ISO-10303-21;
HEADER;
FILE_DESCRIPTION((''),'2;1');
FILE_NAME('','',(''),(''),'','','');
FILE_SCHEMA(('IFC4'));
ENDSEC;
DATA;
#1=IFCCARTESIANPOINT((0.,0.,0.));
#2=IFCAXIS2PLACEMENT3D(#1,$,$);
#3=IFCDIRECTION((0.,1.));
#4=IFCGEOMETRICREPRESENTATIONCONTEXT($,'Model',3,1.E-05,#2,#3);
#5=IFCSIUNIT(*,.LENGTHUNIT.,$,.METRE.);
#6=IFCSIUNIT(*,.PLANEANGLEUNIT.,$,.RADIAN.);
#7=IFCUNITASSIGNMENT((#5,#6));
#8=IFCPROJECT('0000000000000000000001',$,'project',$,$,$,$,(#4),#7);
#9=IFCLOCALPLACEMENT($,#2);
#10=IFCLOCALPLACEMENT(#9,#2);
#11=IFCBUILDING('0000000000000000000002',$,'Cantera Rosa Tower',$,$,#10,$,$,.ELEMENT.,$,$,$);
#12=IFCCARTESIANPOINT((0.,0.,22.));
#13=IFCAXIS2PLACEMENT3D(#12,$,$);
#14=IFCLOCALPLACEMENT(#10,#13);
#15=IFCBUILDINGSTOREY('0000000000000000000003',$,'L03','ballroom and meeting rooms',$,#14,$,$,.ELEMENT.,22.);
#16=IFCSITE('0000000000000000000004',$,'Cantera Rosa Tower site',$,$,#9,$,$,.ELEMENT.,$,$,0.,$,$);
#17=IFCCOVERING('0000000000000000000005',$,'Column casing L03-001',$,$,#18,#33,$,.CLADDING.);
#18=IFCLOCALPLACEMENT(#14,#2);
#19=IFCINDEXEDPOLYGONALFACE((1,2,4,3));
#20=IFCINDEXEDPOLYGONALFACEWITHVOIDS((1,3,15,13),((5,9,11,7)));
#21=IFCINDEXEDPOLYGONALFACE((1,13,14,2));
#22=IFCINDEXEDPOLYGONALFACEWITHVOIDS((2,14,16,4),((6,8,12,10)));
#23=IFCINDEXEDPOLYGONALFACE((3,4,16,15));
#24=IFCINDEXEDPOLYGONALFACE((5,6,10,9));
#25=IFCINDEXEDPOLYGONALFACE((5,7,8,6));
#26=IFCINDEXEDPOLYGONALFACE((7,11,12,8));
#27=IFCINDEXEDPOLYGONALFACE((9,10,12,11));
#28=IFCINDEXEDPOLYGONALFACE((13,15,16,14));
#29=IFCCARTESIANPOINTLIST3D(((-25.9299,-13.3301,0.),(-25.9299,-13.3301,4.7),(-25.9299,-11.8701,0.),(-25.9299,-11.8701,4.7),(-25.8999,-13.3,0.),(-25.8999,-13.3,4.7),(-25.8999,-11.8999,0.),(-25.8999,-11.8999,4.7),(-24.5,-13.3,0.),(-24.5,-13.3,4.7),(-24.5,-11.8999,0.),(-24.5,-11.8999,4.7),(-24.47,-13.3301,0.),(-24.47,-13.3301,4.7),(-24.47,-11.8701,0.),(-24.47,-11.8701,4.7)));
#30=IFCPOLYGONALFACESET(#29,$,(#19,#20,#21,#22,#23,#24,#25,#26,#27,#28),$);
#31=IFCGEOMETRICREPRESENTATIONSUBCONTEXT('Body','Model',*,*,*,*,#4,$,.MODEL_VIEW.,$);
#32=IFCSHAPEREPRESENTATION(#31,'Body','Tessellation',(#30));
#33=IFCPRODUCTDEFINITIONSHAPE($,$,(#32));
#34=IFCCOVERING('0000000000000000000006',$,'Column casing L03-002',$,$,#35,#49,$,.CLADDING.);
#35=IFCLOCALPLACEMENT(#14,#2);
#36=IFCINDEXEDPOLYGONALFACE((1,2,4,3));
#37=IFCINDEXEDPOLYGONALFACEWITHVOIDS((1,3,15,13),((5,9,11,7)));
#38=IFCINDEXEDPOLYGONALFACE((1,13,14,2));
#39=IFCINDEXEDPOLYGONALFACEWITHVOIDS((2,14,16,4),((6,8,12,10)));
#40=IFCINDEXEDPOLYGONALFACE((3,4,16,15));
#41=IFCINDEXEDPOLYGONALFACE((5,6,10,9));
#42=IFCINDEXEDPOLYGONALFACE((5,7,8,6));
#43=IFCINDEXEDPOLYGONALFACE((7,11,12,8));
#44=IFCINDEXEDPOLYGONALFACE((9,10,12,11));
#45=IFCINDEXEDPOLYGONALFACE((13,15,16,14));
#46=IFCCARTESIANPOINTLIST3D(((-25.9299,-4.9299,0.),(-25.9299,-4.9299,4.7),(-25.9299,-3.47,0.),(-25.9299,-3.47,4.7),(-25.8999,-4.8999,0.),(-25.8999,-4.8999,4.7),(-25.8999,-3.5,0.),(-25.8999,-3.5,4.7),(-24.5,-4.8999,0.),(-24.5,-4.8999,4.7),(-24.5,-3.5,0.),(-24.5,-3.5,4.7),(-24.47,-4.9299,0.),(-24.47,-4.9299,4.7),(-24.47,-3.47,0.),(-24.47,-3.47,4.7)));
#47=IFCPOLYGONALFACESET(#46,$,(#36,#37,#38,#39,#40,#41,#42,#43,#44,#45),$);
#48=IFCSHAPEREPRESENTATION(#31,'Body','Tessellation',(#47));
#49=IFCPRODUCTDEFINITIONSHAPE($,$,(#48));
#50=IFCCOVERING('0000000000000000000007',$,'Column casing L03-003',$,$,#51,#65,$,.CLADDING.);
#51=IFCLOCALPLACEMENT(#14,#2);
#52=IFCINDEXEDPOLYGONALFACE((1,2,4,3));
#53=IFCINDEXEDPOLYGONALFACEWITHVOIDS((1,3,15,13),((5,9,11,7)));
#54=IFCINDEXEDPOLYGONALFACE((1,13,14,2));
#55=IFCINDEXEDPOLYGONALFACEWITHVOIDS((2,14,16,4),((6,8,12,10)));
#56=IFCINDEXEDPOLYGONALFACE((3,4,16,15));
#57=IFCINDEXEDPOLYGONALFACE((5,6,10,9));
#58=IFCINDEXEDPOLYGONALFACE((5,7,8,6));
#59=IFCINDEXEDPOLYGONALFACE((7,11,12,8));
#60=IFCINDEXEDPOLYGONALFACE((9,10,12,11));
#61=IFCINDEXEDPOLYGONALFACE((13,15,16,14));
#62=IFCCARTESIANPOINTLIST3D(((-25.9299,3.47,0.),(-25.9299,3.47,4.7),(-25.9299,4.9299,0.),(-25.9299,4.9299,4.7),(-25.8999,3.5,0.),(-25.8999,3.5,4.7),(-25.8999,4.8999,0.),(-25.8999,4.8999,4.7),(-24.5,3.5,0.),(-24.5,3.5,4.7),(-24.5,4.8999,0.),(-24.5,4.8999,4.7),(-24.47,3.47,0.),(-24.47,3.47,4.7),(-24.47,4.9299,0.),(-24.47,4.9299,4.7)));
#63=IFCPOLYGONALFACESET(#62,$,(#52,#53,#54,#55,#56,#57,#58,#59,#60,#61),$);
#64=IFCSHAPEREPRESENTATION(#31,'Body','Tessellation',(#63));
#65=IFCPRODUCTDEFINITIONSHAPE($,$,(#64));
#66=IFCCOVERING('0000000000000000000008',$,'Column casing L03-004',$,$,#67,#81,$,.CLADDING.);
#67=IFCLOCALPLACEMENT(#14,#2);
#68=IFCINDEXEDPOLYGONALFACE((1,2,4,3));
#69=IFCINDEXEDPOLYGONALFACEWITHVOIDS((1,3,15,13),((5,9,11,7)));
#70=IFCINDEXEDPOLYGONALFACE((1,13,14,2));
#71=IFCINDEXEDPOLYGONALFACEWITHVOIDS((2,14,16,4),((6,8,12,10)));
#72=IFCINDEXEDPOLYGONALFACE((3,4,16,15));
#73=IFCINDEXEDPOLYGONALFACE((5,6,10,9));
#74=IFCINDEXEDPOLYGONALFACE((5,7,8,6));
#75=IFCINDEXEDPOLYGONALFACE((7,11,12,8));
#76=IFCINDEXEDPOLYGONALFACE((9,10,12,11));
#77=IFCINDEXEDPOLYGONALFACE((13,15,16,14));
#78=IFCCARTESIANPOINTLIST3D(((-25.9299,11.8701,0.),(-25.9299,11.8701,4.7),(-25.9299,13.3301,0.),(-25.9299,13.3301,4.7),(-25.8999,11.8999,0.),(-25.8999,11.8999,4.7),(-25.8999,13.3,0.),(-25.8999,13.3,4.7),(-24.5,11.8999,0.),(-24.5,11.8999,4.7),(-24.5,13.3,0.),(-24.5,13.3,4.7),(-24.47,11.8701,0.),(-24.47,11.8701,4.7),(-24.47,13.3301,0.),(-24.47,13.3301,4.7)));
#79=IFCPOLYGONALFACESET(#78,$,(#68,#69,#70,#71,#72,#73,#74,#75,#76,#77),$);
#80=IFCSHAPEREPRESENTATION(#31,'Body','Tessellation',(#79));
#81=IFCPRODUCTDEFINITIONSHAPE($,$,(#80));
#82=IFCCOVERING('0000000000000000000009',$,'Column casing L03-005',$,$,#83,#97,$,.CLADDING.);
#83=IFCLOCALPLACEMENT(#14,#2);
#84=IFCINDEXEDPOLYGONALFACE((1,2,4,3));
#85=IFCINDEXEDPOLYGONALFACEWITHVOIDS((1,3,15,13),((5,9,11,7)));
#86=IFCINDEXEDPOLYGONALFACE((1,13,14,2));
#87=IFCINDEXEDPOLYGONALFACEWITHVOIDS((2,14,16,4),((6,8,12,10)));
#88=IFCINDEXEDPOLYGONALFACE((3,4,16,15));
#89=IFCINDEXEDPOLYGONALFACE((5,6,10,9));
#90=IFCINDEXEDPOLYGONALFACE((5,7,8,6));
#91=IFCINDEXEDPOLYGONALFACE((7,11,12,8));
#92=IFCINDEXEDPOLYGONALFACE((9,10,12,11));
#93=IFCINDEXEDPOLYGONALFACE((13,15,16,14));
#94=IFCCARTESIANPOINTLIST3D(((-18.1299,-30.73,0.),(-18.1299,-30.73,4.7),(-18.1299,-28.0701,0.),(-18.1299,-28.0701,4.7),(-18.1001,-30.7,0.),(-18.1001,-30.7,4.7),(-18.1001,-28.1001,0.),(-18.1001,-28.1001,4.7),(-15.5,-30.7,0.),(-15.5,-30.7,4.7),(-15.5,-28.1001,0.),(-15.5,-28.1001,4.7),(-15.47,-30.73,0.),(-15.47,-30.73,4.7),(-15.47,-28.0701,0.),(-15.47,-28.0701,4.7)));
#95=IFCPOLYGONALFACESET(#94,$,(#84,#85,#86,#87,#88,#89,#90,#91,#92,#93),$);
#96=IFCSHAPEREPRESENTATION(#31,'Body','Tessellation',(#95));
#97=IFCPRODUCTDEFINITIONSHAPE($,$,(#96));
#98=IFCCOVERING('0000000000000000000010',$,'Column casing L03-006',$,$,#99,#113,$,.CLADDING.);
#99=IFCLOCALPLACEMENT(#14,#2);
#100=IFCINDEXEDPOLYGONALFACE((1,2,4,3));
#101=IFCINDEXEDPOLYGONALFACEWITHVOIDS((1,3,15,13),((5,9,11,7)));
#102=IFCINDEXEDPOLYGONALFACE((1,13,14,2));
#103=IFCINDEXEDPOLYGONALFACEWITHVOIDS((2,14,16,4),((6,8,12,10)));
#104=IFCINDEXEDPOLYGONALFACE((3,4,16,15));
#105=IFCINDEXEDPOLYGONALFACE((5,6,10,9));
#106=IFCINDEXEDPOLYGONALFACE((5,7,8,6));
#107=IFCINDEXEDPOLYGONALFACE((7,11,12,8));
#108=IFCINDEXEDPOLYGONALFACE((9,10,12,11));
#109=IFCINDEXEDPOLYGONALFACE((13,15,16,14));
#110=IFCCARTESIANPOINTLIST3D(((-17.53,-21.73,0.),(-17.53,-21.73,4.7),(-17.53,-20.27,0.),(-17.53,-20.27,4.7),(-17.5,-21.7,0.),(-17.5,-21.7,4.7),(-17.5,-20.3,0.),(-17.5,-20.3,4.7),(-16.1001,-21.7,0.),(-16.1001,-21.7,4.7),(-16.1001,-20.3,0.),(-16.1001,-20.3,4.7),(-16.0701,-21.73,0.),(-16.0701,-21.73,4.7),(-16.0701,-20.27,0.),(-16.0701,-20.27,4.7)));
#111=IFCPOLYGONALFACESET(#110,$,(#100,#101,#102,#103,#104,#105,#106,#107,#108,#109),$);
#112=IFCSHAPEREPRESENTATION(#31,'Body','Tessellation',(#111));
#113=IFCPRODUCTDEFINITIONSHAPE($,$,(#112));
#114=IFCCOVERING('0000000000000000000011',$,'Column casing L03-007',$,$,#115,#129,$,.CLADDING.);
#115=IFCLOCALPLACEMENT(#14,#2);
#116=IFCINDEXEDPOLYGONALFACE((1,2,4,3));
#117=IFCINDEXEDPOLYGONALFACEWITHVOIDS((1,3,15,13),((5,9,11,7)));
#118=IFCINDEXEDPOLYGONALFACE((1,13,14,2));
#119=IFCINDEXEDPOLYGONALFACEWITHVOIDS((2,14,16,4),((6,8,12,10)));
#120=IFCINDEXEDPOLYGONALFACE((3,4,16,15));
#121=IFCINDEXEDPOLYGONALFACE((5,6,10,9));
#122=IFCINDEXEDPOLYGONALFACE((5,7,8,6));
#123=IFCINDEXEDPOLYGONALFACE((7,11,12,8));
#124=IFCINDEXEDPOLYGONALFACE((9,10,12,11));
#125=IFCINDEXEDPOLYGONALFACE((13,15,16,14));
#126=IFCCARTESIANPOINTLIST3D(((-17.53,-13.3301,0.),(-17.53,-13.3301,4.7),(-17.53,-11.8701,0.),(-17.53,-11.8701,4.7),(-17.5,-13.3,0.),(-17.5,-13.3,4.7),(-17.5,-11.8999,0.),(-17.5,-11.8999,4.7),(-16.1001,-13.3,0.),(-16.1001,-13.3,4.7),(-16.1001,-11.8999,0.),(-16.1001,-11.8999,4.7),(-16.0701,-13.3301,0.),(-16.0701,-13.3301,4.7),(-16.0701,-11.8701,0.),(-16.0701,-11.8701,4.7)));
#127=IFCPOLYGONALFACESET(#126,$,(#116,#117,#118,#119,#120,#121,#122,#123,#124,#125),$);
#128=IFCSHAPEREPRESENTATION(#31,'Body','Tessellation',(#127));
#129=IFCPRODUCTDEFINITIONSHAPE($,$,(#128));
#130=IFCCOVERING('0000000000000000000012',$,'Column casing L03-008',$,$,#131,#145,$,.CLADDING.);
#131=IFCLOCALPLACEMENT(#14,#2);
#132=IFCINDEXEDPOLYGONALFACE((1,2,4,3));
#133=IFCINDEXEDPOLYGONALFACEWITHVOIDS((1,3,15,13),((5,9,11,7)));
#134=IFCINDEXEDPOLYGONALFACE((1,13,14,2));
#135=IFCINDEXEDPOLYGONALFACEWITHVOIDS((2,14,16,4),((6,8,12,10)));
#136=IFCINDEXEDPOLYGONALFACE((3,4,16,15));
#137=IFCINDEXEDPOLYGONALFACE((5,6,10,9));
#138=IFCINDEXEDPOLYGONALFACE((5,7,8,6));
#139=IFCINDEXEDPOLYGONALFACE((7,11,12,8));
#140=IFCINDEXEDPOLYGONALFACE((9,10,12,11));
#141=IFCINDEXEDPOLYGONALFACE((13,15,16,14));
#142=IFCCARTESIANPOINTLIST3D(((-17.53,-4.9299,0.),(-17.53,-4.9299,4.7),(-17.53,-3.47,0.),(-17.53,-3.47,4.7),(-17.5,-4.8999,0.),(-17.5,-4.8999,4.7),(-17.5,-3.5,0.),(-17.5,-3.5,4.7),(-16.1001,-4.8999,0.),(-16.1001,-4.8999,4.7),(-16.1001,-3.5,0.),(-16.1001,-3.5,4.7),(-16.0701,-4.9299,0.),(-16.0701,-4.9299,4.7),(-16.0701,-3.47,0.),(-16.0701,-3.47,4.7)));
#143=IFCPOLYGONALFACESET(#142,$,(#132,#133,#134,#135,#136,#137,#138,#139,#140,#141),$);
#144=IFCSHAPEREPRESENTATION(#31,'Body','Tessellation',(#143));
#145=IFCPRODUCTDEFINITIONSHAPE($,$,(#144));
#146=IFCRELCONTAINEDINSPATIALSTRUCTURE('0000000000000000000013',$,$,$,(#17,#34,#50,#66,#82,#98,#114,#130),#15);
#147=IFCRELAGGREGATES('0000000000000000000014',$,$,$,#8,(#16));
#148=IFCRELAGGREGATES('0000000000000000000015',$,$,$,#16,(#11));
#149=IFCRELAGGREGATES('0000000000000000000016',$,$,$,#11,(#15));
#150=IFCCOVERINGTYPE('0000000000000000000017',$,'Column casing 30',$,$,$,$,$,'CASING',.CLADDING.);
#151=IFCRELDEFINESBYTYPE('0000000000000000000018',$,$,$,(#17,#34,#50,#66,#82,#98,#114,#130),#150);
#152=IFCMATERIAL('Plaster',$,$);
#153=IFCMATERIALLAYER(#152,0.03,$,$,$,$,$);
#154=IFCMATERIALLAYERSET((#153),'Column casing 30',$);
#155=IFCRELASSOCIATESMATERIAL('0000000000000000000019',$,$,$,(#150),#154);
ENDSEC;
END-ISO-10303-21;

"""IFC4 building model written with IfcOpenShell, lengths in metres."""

from ifc_helpers import new_model, si_unit, direction, frame, origin, place, context, subcontext, project, spatial, polyline, outline, extrude, material, layer, layer_set, type_object, element, save


model = new_model("IFC4")

# Units and contexts
model_context = context("Model", 3, precision=1e-05, world=origin(), true_north=direction((0.0, 1.0)))
body_context = subcontext(model_context, "Body", "Model", "MODEL_VIEW")
ifc_project = project(units=[si_unit("LENGTHUNIT", "METRE"), si_unit("PLANEANGLEUNIT", "RADIAN")], contexts=[model_context])

# Site, building, storey
site_placement = place(None, origin())
site = spatial("IfcSite", under=ifc_project, at=site_placement, Name="Cantera Rosa Tower site", CompositionType="ELEMENT", RefElevation=0.0)
building_placement = place(site_placement, origin())
building = spatial("IfcBuilding", under=site, at=building_placement, Name="Cantera Rosa Tower", CompositionType="ELEMENT")
storey_placement = place(building_placement, frame((0.0, 0.0, 22.0)))
storey = spatial("IfcBuildingStorey", under=building, at=storey_placement, Name="L03", Description="ballroom and meeting rooms", CompositionType="ELEMENT", Elevation=22.0)

# Coverings
ifc_material_1 = material(Name="Plaster")
ifc_layer_1 = layer(ifc_material_1, 0.03)
ifc_layer_set_1 = layer_set([ifc_layer_1], Name="Column casing 30")
covering_type = type_object("IfcCoveringType", Name="Column casing 30", ElementType="CASING", PredefinedType="CLADDING", material=ifc_layer_set_1)
covering_1_placement = place(storey_placement, origin())
element("IfcCovering", 1, at=covering_1_placement, inside=storey, type_object=covering_type, Name="Column casing L03-001", PredefinedType="CLADDING", context=body_context, shape_type="SweptSolid", body=[
    extrude(outline(polyline([(-25.9299, -13.3301), (-24.47, -13.3301), (-24.47, -11.8701), (-25.9299, -11.8701), (-25.9299, -13.3301)]), holes=[polyline([(-24.5, -11.8999), (-25.8999, -11.8999), (-25.8999, -13.3), (-24.5, -13.3), (-24.5, -11.8999)])]), origin(), (0.0, 0.0, 1.0), 4.7),
])
covering_2_placement = place(storey_placement, origin())
element("IfcCovering", 2, at=covering_2_placement, inside=storey, type_object=covering_type, Name="Column casing L03-002", PredefinedType="CLADDING", context=body_context, shape_type="SweptSolid", body=[
    extrude(outline(polyline([(-25.9299, -4.9299), (-24.47, -4.9299), (-24.47, -3.47), (-25.9299, -3.47), (-25.9299, -4.9299)]), holes=[polyline([(-24.5, -3.5), (-25.8999, -3.5), (-25.8999, -4.8999), (-24.5, -4.8999), (-24.5, -3.5)])]), origin(), (0.0, 0.0, 1.0), 4.7),
])
covering_3_placement = place(storey_placement, origin())
element("IfcCovering", 3, at=covering_3_placement, inside=storey, type_object=covering_type, Name="Column casing L03-003", PredefinedType="CLADDING", context=body_context, shape_type="SweptSolid", body=[
    extrude(outline(polyline([(-25.9299, 3.47), (-24.47, 3.47), (-24.47, 4.9299), (-25.9299, 4.9299), (-25.9299, 3.47)]), holes=[polyline([(-24.5, 4.8999), (-25.8999, 4.8999), (-25.8999, 3.5), (-24.5, 3.5), (-24.5, 4.8999)])]), origin(), (0.0, 0.0, 1.0), 4.7),
])
covering_4_placement = place(storey_placement, origin())
element("IfcCovering", 4, at=covering_4_placement, inside=storey, type_object=covering_type, Name="Column casing L03-004", PredefinedType="CLADDING", context=body_context, shape_type="SweptSolid", body=[
    extrude(outline(polyline([(-25.9299, 11.8701), (-24.47, 11.8701), (-24.47, 13.3301), (-25.9299, 13.3301), (-25.9299, 11.8701)]), holes=[polyline([(-24.5, 13.3), (-25.8999, 13.3), (-25.8999, 11.8999), (-24.5, 11.8999), (-24.5, 13.3)])]), origin(), (0.0, 0.0, 1.0), 4.7),
])
covering_5_placement = place(storey_placement, origin())
element("IfcCovering", 5, at=covering_5_placement, inside=storey, type_object=covering_type, Name="Column casing L03-005", PredefinedType="CLADDING", context=body_context, shape_type="SweptSolid", body=[
    extrude(outline(polyline([(-18.1299, -30.73), (-15.47, -30.73), (-15.47, -28.0701), (-18.1299, -28.0701), (-18.1299, -30.73)]), holes=[polyline([(-15.5, -28.1001), (-18.1001, -28.1001), (-18.1001, -30.7), (-15.5, -30.7), (-15.5, -28.1001)])]), origin(), (0.0, 0.0, 1.0), 4.7),
])
covering_6_placement = place(storey_placement, origin())
element("IfcCovering", 6, at=covering_6_placement, inside=storey, type_object=covering_type, Name="Column casing L03-006", PredefinedType="CLADDING", context=body_context, shape_type="SweptSolid", body=[
    extrude(outline(polyline([(-17.53, -21.73), (-16.0701, -21.73), (-16.0701, -20.27), (-17.53, -20.27), (-17.53, -21.73)]), holes=[polyline([(-16.1001, -20.3), (-17.5, -20.3), (-17.5, -21.7), (-16.1001, -21.7), (-16.1001, -20.3)])]), origin(), (0.0, 0.0, 1.0), 4.7),
])
covering_7_placement = place(storey_placement, origin())
element("IfcCovering", 7, at=covering_7_placement, inside=storey, type_object=covering_type, Name="Column casing L03-007", PredefinedType="CLADDING", context=body_context, shape_type="SweptSolid", body=[
    extrude(outline(polyline([(-17.53, -13.3301), (-16.0701, -13.3301), (-16.0701, -11.8701), (-17.53, -11.8701), (-17.53, -13.3301)]), holes=[polyline([(-16.1001, -11.8999), (-17.5, -11.8999), (-17.5, -13.3), (-16.1001, -13.3), (-16.1001, -11.8999)])]), origin(), (0.0, 0.0, 1.0), 4.7),
])
covering_8_placement = place(storey_placement, origin())
element("IfcCovering", 8, at=covering_8_placement, inside=storey, type_object=covering_type, Name="Column casing L03-008", PredefinedType="CLADDING", context=body_context, shape_type="SweptSolid", body=[
    extrude(outline(polyline([(-17.53, -4.9299), (-16.0701, -4.9299), (-16.0701, -3.47), (-17.53, -3.47), (-17.53, -4.9299)]), holes=[polyline([(-16.1001, -3.5), (-17.5, -3.5), (-17.5, -4.8999), (-16.1001, -4.8999), (-16.1001, -3.5)])]), origin(), (0.0, 0.0, 1.0), 4.7),
])

save(model, "model.ifc")
